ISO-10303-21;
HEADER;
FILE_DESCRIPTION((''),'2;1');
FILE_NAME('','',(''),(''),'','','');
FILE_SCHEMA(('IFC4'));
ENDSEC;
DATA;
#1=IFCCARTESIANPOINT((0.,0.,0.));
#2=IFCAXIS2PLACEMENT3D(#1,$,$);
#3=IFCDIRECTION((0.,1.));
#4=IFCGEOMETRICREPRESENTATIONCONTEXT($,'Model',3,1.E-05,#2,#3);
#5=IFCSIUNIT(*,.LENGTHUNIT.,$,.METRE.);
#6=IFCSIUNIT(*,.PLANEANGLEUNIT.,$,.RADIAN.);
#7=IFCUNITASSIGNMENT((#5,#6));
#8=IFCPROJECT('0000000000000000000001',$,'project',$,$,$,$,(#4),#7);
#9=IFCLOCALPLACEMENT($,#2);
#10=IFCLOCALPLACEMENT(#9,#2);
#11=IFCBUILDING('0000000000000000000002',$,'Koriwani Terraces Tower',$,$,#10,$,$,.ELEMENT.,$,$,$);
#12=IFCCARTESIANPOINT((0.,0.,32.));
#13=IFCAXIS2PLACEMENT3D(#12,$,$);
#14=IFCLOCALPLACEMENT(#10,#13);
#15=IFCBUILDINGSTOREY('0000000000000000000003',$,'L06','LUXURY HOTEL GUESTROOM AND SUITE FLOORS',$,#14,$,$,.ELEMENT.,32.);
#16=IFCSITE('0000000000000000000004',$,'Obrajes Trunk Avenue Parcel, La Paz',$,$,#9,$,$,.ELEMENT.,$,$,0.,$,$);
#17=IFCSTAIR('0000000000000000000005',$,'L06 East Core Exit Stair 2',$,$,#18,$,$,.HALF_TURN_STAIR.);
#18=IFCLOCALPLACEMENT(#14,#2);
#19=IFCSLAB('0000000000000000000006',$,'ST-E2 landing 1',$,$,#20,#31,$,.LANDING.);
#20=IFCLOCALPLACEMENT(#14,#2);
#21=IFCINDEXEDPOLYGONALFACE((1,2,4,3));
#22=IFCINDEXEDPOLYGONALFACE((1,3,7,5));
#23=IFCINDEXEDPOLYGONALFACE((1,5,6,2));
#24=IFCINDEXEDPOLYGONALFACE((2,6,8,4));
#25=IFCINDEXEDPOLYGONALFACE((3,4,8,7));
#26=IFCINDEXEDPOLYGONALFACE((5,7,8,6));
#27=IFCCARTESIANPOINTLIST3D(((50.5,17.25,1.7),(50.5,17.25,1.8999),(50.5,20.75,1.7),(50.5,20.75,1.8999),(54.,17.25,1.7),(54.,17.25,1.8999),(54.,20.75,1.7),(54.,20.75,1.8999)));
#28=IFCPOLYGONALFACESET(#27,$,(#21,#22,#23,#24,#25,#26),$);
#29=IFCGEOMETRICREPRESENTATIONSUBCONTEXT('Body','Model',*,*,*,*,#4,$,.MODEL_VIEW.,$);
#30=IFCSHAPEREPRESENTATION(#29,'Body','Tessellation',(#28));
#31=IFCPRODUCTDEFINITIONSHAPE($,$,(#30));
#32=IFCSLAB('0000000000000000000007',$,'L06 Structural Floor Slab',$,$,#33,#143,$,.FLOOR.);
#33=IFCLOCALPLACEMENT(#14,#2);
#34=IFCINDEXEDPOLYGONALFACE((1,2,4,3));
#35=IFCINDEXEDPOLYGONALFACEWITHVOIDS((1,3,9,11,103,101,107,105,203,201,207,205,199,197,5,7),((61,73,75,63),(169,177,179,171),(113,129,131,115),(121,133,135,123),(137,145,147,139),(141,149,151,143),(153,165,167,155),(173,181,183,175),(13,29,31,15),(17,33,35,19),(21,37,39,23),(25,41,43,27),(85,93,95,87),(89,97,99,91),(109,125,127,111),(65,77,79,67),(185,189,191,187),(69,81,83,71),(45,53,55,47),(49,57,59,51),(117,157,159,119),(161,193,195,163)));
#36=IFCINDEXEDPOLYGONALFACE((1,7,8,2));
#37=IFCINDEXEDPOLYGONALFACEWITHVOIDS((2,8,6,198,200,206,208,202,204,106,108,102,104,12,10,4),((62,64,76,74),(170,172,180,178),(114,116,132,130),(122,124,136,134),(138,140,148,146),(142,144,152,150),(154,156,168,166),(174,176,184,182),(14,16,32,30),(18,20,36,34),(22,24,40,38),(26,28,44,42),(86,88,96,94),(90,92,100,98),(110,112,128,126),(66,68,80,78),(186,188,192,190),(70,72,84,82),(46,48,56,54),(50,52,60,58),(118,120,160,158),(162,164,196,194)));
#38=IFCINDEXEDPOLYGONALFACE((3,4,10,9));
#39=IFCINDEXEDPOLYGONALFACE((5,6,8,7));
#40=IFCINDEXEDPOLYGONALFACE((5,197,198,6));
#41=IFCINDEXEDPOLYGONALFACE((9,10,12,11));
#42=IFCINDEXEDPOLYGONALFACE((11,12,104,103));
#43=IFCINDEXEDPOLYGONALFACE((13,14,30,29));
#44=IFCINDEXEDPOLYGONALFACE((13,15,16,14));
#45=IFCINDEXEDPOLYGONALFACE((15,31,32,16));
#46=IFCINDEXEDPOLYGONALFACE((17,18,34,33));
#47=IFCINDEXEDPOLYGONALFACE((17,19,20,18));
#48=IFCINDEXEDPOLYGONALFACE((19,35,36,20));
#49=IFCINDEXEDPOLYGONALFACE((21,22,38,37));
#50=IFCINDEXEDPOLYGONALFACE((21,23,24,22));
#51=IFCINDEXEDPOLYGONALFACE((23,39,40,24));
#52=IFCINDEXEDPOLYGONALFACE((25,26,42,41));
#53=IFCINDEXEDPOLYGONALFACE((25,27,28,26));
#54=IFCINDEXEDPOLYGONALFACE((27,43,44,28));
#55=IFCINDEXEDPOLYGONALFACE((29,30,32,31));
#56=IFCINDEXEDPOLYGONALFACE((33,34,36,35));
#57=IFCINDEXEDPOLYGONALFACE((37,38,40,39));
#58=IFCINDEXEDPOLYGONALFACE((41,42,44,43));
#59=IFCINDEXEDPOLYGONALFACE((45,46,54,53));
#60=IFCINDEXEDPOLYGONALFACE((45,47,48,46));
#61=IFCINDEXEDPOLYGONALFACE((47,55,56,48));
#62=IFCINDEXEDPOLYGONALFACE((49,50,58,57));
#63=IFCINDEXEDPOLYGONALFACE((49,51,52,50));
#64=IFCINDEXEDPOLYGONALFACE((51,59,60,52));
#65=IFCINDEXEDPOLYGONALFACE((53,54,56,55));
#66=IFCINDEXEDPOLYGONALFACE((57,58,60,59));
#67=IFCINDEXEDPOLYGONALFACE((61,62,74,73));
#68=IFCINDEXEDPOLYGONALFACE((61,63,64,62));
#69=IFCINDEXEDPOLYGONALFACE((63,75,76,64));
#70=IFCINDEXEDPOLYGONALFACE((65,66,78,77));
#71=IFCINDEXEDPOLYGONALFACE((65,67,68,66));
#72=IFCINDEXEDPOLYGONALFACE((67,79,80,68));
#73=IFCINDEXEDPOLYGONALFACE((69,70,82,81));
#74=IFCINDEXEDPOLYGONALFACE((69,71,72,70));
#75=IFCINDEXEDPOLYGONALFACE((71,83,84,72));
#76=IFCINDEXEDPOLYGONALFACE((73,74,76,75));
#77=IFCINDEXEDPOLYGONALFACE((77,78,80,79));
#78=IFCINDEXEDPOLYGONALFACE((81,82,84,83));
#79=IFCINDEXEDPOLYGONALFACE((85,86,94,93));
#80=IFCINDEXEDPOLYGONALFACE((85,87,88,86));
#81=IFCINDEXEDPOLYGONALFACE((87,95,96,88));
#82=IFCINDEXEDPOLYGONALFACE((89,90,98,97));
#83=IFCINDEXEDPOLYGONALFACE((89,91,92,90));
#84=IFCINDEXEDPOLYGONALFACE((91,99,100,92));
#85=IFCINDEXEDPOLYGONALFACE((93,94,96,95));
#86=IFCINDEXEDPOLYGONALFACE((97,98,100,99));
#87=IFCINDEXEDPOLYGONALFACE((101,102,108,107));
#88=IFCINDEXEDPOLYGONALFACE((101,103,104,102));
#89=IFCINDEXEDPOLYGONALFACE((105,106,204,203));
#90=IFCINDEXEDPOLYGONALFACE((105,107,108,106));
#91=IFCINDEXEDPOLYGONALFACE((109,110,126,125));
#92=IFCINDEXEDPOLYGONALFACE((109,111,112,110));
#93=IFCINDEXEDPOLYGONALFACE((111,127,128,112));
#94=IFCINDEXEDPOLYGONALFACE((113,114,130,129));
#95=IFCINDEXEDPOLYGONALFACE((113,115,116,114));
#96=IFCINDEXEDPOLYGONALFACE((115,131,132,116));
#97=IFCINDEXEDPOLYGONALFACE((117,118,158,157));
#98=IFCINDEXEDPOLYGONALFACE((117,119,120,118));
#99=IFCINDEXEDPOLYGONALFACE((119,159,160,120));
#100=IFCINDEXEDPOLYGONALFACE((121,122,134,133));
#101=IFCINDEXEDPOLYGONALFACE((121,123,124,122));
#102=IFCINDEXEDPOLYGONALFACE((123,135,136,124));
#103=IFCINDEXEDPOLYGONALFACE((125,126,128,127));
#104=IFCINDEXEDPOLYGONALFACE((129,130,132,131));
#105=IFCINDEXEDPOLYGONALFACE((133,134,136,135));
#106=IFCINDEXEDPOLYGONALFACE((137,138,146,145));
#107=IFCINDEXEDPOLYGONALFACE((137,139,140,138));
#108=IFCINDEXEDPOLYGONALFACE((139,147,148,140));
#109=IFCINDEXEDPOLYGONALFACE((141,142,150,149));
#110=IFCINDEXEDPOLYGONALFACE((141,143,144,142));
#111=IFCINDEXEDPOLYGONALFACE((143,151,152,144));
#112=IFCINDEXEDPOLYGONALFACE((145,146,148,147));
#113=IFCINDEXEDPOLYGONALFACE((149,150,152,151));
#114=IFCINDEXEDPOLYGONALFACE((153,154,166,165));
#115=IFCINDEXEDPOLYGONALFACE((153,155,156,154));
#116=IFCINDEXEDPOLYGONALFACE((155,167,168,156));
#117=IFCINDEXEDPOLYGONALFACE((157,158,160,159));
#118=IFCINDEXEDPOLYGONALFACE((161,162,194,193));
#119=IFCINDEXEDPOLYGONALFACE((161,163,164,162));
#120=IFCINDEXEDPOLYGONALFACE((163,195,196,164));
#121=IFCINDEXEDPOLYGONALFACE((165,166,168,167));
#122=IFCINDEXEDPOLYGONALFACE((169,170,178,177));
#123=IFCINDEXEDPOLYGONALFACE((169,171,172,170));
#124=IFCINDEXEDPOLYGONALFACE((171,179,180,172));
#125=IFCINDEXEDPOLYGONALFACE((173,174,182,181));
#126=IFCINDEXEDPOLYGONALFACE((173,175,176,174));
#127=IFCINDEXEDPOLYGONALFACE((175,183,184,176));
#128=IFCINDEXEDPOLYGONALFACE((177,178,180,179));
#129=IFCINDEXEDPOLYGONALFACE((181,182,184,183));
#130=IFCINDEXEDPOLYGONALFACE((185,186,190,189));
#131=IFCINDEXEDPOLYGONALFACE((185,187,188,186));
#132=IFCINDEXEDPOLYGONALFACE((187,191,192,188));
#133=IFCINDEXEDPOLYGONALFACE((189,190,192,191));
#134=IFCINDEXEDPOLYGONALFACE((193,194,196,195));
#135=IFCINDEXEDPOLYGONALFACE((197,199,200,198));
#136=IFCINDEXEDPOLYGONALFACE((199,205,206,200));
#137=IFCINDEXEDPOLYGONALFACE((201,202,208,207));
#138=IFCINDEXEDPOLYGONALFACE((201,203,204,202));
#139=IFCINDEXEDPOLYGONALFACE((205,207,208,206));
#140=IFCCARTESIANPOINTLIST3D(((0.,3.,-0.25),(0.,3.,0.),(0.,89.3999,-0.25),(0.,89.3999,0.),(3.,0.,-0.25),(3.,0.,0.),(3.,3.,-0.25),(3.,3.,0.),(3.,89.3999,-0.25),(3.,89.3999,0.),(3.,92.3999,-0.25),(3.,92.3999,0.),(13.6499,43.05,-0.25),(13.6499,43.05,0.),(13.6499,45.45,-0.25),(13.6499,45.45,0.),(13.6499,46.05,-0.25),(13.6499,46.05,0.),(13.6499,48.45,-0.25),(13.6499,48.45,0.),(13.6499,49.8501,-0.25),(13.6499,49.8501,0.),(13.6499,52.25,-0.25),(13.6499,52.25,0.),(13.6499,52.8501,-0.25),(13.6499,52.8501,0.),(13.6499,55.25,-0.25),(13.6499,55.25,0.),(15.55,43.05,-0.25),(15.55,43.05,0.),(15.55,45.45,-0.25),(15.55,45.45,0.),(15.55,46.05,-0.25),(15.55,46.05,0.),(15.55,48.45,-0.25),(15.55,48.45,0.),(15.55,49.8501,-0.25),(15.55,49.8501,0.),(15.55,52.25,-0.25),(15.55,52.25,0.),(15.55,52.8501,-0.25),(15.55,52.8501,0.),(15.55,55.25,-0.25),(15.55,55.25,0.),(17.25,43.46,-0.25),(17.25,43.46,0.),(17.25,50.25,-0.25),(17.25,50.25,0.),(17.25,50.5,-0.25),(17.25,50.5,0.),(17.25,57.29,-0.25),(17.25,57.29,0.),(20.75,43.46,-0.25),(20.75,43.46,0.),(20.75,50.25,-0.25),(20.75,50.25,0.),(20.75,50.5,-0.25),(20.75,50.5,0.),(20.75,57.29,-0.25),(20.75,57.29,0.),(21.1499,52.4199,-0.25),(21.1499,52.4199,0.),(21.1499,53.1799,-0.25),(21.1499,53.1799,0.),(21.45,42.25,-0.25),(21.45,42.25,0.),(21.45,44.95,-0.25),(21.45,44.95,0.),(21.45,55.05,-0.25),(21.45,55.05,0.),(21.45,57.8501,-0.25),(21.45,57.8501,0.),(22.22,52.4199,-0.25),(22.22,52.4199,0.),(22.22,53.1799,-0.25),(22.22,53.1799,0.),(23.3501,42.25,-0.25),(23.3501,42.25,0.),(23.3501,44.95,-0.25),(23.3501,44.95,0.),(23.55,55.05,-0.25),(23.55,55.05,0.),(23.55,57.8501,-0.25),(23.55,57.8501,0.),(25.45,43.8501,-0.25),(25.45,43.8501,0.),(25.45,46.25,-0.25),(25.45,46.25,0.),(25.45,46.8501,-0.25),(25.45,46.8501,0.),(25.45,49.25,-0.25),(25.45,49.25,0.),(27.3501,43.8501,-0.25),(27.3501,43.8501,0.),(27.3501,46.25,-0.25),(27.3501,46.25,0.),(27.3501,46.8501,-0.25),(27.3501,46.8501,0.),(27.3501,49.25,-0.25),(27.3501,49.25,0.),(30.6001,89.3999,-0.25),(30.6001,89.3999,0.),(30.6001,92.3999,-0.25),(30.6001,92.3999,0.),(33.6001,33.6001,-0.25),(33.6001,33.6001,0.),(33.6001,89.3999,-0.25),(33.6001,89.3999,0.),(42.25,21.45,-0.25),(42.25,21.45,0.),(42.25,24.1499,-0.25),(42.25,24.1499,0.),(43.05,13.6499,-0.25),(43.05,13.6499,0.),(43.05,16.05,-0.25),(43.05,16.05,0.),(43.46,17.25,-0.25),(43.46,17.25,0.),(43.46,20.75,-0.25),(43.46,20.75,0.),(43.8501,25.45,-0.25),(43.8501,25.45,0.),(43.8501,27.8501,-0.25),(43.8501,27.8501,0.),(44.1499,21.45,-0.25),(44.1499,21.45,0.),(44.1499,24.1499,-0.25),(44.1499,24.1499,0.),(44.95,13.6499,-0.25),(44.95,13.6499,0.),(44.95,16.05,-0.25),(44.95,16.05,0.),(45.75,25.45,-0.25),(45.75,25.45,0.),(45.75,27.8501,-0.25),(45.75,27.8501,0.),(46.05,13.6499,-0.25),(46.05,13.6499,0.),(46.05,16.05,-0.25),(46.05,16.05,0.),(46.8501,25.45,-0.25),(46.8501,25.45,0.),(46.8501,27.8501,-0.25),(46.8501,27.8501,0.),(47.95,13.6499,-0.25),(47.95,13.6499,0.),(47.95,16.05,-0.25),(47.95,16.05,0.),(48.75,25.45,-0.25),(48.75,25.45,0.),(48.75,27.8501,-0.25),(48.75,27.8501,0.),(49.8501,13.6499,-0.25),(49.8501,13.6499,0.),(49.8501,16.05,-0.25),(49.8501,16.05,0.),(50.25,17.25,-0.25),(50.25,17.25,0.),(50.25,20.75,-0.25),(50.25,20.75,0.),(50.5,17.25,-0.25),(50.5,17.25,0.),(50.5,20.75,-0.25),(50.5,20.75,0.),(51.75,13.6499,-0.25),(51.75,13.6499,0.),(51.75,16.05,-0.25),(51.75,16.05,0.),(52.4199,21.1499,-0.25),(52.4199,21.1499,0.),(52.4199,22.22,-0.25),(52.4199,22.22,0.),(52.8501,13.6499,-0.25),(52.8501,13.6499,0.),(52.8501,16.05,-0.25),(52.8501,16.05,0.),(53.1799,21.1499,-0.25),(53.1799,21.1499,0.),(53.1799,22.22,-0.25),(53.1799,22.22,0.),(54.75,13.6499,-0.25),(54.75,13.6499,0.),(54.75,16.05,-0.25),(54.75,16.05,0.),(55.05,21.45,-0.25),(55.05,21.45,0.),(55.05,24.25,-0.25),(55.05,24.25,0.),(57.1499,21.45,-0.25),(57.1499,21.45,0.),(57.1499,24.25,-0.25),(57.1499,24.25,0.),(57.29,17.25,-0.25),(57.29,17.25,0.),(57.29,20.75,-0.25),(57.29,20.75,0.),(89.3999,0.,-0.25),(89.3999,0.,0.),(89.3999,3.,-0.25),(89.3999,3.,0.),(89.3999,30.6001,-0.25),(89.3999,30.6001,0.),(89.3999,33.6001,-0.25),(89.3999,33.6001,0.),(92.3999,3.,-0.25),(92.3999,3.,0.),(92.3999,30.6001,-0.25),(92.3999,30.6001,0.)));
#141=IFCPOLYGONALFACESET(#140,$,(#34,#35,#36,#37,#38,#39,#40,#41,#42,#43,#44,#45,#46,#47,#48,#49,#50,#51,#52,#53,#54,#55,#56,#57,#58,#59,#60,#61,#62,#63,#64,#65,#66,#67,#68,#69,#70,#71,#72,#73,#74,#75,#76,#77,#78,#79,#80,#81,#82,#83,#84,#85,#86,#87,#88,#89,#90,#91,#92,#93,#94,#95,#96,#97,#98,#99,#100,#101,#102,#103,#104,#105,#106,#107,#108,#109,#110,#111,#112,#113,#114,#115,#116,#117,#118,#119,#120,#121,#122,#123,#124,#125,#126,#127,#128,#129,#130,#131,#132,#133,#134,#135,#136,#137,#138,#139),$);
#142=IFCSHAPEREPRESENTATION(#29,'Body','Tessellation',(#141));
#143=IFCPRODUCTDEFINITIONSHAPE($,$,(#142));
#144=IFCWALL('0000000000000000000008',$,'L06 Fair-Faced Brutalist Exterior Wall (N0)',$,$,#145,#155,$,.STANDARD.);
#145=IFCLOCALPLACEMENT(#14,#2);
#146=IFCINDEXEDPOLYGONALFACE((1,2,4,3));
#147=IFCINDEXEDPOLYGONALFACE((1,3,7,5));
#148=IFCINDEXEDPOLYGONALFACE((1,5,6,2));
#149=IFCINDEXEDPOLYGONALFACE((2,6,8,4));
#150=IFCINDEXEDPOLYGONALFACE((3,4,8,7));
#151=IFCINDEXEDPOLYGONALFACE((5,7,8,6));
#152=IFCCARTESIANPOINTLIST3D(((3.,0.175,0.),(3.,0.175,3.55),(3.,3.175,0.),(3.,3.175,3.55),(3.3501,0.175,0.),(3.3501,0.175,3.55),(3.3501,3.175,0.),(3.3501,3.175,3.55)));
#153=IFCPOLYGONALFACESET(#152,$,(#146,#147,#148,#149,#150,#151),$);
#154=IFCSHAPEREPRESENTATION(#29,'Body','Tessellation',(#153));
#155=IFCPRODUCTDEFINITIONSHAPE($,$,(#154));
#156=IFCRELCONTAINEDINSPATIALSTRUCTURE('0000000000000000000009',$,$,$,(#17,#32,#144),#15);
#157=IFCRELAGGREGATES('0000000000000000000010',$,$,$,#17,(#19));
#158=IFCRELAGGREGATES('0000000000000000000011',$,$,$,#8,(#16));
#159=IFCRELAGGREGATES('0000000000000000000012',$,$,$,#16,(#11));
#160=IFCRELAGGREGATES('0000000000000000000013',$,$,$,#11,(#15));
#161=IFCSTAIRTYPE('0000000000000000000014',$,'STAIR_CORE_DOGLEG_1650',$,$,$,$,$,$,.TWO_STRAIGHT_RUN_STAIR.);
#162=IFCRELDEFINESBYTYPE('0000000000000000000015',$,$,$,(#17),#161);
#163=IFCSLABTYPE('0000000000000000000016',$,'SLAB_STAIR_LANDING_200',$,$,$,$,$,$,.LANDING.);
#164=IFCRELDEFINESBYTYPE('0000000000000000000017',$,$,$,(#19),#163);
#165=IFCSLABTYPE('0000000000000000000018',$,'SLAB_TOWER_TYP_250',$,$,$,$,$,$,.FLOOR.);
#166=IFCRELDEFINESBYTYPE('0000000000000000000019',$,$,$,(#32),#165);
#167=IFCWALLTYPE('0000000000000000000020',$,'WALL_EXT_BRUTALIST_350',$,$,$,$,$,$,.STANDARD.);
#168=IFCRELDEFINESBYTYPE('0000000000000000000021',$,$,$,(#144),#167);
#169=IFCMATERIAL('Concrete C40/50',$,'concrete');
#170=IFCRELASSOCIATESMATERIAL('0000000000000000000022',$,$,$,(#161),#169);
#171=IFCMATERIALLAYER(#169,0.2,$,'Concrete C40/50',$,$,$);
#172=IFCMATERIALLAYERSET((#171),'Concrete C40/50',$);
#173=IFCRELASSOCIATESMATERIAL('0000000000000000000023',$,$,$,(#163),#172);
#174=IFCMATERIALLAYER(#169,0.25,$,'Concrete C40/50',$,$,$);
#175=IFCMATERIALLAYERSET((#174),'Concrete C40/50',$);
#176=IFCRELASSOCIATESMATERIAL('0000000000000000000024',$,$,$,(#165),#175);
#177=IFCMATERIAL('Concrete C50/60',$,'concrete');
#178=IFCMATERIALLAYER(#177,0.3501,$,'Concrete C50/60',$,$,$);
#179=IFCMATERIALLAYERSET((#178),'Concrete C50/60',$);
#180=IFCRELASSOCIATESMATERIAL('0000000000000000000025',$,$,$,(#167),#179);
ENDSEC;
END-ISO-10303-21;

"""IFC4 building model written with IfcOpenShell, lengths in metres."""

from ifc_helpers import new_model, si_unit, direction, frame, frame_2d, origin, place, context, subcontext, project, spatial, polyline, rectangle, outline, extrude, material, layer, layer_set, type_object, element, aggregate, save


model = new_model("IFC4")

# Units and contexts
model_context = context("Model", 3, precision=1e-05, world=origin(), true_north=direction((0.0, 1.0)))
body_context = subcontext(model_context, "Body", "Model", "MODEL_VIEW")
ifc_project = project(units=[si_unit("LENGTHUNIT", "METRE"), si_unit("PLANEANGLEUNIT", "RADIAN")], contexts=[model_context])

# Site, building, storey
site_placement = place(None, origin())
site = spatial("IfcSite", under=ifc_project, at=site_placement, Name="Obrajes Trunk Avenue Parcel, La Paz", CompositionType="ELEMENT", RefElevation=0.0)
building_placement = place(site_placement, origin())
building = spatial("IfcBuilding", under=site, at=building_placement, Name="Koriwani Terraces Tower", CompositionType="ELEMENT")
storey_placement = place(building_placement, frame((0.0, 0.0, 32.0)))
storey = spatial("IfcBuildingStorey", under=building, at=storey_placement, Name="L06", Description="LUXURY HOTEL GUESTROOM AND SUITE FLOORS", CompositionType="ELEMENT", Elevation=32.0)

# Shared definitions
ifc_material_1 = material(Name="Concrete C50/60", Category="concrete")

# Shared definitions
ifc_material_2 = material(Name="Concrete C40/50", Category="concrete")

# Stair, slab
stair_type = type_object("IfcStairType", Name="STAIR_CORE_DOGLEG_1650", PredefinedType="TWO_STRAIGHT_RUN_STAIR", material=ifc_material_2)
ifc_layer_1 = layer(ifc_material_2, 0.2, Name="Concrete C40/50")
ifc_layer_set_1 = layer_set([ifc_layer_1], Name="Concrete C40/50")
slab_type_1 = type_object("IfcSlabType", Name="SLAB_STAIR_LANDING_200", PredefinedType="LANDING", material=ifc_layer_set_1)
stair_1_placement = place(storey_placement, origin())
stair_1 = element("IfcStair", 1, at=stair_1_placement, inside=storey, type_object=stair_type, Name="L06 East Core Exit Stair 2", PredefinedType="HALF_TURN_STAIR")
slab_1_placement = place(storey_placement, frame((0.0, 0.0, 1.7)))
slab_1 = element("IfcSlab", 2, at=slab_1_placement, type_object=slab_type_1, Name="ST-E2 landing 1", PredefinedType="LANDING", context=body_context, shape_type="SweptSolid", body=[
    extrude(outline(polyline([(54.0, 20.75), (50.5, 20.75), (50.5, 17.25), (54.0, 17.25), (54.0, 20.75)])), origin(), (0.0, 0.0, 1.0), 0.2),
])
aggregate(stair_1, [slab_1])

# Slab
ifc_layer_2 = layer(ifc_material_2, 0.25, Name="Concrete C40/50")
ifc_layer_set_2 = layer_set([ifc_layer_2], Name="Concrete C40/50")
slab_type_2 = type_object("IfcSlabType", Name="SLAB_TOWER_TYP_250", PredefinedType="FLOOR", material=ifc_layer_set_2)
slab_2_placement = place(storey_placement, frame((0.0, 0.0, -0.25)))
element("IfcSlab", 3, at=slab_2_placement, inside=storey, type_object=slab_type_2, Name="L06 Structural Floor Slab", PredefinedType="FLOOR", context=body_context, shape_type="SweptSolid", body=[
    extrude(outline(polyline([(3.0, 0.0), (89.3999, 0.0), (89.3999, 3.0), (92.3999, 3.0), (92.3999, 30.6001), (89.3999, 30.6001), (89.3999, 33.6001), (33.6001, 33.6001), (33.6001, 89.3999), (30.6001, 89.3999), (30.6001, 92.3999), (3.0, 92.3999), (3.0, 89.3999), (0.0, 89.3999), (0.0, 3.0), (3.0, 3.0), (3.0, 0.0)]), holes=[polyline([(17.25, 43.46), (20.75, 43.46), (20.75, 50.25), (17.25, 50.25), (17.25, 43.46)]), polyline([(17.25, 50.5), (20.75, 50.5), (20.75, 57.29), (17.25, 57.29), (17.25, 50.5)]), polyline([(43.46, 17.25), (50.25, 17.25), (50.25, 20.75), (43.46, 20.75), (43.46, 17.25)]), polyline([(50.5, 17.25), (57.29, 17.25), (57.29, 20.75), (50.5, 20.75), (50.5, 17.25)]), polyline([(13.6499, 43.05), (15.55, 43.05), (15.55, 45.45), (13.6499, 45.45), (13.6499, 43.05)]), polyline([(13.6499, 46.05), (15.55, 46.05), (15.55, 48.45), (13.6499, 48.45), (13.6499, 46.05)]), polyline([(43.05, 13.6499), (44.95, 13.6499), (44.95, 16.05), (43.05, 16.05), (43.05, 13.6499)]), polyline([(46.05, 13.6499), (47.95, 13.6499), (47.95, 16.05), (46.05, 16.05), (46.05, 13.6499)]), polyline([(13.6499, 49.8501), (15.55, 49.8501), (15.55, 52.25), (13.6499, 52.25), (13.6499, 49.8501)]), polyline([(13.6499, 52.8501), (15.55, 52.8501), (15.55, 55.25), (13.6499, 55.25), (13.6499, 52.8501)]), polyline([(49.8501, 13.6499), (51.75, 13.6499), (51.75, 16.05), (49.8501, 16.05), (49.8501, 13.6499)]), polyline([(52.8501, 13.6499), (54.75, 13.6499), (54.75, 16.05), (52.8501, 16.05), (52.8501, 13.6499)]), polyline([(25.45, 43.8501), (27.3501, 43.8501), (27.3501, 46.25), (25.45, 46.25), (25.45, 43.8501)]), polyline([(25.45, 46.8501), (27.3501, 46.8501), (27.3501, 49.25), (25.45, 49.25), (25.45, 46.8501)]), polyline([(43.8501, 25.45), (45.75, 25.45), (45.75, 27.8501), (43.8501, 27.8501), (43.8501, 25.45)]), polyline([(46.8501, 25.45), (48.75, 25.45), (48.75, 27.8501), (46.8501, 27.8501), (46.8501, 25.45)]), polyline([(21.45, 55.05), (23.55, 55.05), (23.55, 57.8501), (21.45, 57.8501), (21.45, 55.05)]), polyline([(55.05, 21.45), (57.1499, 21.45), (57.1499, 24.25), (55.05, 24.25), (55.05, 21.45)]), polyline([(21.45, 42.25), (23.3501, 42.25), (23.3501, 44.95), (21.45, 44.95), (21.45, 42.25)]), polyline([(42.25, 21.45), (44.1499, 21.45), (44.1499, 24.1499), (42.25, 24.1499), (42.25, 21.45)]), polyline([(21.1499, 52.4199), (22.22, 52.4199), (22.22, 53.1799), (21.1499, 53.1799), (21.1499, 52.4199)]), polyline([(52.4199, 21.1499), (53.1799, 21.1499), (53.1799, 22.22), (52.4199, 22.22), (52.4199, 21.1499)])]), origin(), (0.0, 0.0, 1.0), 0.25),
])

# Wall
ifc_layer_3 = layer(ifc_material_1, 0.3501, Name="Concrete C50/60")
ifc_layer_set_3 = layer_set([ifc_layer_3], Name="Concrete C50/60")
wall_type_1 = type_object("IfcWallType", Name="WALL_EXT_BRUTALIST_350", PredefinedType="STANDARD", material=ifc_layer_set_3)
wall_1_placement = place(storey_placement, frame((3.175, 0.175, 0.0), z_axis=(0.0, 0.0, 1.0), x_axis=(0.0, 1.0, 0.0)))
element("IfcWall", 4, at=wall_1_placement, inside=storey, type_object=wall_type_1, Name="L06 Fair-Faced Brutalist Exterior Wall (N0)", PredefinedType="STANDARD", context=body_context, shape_type="SweptSolid", body=[
    extrude(rectangle(XDim=3.0, YDim=0.3501, at=frame_2d((1.5, 0.0))), origin(), (0.0, 0.0, 1.0), 3.55),
])

save(model, "model.ifc")
